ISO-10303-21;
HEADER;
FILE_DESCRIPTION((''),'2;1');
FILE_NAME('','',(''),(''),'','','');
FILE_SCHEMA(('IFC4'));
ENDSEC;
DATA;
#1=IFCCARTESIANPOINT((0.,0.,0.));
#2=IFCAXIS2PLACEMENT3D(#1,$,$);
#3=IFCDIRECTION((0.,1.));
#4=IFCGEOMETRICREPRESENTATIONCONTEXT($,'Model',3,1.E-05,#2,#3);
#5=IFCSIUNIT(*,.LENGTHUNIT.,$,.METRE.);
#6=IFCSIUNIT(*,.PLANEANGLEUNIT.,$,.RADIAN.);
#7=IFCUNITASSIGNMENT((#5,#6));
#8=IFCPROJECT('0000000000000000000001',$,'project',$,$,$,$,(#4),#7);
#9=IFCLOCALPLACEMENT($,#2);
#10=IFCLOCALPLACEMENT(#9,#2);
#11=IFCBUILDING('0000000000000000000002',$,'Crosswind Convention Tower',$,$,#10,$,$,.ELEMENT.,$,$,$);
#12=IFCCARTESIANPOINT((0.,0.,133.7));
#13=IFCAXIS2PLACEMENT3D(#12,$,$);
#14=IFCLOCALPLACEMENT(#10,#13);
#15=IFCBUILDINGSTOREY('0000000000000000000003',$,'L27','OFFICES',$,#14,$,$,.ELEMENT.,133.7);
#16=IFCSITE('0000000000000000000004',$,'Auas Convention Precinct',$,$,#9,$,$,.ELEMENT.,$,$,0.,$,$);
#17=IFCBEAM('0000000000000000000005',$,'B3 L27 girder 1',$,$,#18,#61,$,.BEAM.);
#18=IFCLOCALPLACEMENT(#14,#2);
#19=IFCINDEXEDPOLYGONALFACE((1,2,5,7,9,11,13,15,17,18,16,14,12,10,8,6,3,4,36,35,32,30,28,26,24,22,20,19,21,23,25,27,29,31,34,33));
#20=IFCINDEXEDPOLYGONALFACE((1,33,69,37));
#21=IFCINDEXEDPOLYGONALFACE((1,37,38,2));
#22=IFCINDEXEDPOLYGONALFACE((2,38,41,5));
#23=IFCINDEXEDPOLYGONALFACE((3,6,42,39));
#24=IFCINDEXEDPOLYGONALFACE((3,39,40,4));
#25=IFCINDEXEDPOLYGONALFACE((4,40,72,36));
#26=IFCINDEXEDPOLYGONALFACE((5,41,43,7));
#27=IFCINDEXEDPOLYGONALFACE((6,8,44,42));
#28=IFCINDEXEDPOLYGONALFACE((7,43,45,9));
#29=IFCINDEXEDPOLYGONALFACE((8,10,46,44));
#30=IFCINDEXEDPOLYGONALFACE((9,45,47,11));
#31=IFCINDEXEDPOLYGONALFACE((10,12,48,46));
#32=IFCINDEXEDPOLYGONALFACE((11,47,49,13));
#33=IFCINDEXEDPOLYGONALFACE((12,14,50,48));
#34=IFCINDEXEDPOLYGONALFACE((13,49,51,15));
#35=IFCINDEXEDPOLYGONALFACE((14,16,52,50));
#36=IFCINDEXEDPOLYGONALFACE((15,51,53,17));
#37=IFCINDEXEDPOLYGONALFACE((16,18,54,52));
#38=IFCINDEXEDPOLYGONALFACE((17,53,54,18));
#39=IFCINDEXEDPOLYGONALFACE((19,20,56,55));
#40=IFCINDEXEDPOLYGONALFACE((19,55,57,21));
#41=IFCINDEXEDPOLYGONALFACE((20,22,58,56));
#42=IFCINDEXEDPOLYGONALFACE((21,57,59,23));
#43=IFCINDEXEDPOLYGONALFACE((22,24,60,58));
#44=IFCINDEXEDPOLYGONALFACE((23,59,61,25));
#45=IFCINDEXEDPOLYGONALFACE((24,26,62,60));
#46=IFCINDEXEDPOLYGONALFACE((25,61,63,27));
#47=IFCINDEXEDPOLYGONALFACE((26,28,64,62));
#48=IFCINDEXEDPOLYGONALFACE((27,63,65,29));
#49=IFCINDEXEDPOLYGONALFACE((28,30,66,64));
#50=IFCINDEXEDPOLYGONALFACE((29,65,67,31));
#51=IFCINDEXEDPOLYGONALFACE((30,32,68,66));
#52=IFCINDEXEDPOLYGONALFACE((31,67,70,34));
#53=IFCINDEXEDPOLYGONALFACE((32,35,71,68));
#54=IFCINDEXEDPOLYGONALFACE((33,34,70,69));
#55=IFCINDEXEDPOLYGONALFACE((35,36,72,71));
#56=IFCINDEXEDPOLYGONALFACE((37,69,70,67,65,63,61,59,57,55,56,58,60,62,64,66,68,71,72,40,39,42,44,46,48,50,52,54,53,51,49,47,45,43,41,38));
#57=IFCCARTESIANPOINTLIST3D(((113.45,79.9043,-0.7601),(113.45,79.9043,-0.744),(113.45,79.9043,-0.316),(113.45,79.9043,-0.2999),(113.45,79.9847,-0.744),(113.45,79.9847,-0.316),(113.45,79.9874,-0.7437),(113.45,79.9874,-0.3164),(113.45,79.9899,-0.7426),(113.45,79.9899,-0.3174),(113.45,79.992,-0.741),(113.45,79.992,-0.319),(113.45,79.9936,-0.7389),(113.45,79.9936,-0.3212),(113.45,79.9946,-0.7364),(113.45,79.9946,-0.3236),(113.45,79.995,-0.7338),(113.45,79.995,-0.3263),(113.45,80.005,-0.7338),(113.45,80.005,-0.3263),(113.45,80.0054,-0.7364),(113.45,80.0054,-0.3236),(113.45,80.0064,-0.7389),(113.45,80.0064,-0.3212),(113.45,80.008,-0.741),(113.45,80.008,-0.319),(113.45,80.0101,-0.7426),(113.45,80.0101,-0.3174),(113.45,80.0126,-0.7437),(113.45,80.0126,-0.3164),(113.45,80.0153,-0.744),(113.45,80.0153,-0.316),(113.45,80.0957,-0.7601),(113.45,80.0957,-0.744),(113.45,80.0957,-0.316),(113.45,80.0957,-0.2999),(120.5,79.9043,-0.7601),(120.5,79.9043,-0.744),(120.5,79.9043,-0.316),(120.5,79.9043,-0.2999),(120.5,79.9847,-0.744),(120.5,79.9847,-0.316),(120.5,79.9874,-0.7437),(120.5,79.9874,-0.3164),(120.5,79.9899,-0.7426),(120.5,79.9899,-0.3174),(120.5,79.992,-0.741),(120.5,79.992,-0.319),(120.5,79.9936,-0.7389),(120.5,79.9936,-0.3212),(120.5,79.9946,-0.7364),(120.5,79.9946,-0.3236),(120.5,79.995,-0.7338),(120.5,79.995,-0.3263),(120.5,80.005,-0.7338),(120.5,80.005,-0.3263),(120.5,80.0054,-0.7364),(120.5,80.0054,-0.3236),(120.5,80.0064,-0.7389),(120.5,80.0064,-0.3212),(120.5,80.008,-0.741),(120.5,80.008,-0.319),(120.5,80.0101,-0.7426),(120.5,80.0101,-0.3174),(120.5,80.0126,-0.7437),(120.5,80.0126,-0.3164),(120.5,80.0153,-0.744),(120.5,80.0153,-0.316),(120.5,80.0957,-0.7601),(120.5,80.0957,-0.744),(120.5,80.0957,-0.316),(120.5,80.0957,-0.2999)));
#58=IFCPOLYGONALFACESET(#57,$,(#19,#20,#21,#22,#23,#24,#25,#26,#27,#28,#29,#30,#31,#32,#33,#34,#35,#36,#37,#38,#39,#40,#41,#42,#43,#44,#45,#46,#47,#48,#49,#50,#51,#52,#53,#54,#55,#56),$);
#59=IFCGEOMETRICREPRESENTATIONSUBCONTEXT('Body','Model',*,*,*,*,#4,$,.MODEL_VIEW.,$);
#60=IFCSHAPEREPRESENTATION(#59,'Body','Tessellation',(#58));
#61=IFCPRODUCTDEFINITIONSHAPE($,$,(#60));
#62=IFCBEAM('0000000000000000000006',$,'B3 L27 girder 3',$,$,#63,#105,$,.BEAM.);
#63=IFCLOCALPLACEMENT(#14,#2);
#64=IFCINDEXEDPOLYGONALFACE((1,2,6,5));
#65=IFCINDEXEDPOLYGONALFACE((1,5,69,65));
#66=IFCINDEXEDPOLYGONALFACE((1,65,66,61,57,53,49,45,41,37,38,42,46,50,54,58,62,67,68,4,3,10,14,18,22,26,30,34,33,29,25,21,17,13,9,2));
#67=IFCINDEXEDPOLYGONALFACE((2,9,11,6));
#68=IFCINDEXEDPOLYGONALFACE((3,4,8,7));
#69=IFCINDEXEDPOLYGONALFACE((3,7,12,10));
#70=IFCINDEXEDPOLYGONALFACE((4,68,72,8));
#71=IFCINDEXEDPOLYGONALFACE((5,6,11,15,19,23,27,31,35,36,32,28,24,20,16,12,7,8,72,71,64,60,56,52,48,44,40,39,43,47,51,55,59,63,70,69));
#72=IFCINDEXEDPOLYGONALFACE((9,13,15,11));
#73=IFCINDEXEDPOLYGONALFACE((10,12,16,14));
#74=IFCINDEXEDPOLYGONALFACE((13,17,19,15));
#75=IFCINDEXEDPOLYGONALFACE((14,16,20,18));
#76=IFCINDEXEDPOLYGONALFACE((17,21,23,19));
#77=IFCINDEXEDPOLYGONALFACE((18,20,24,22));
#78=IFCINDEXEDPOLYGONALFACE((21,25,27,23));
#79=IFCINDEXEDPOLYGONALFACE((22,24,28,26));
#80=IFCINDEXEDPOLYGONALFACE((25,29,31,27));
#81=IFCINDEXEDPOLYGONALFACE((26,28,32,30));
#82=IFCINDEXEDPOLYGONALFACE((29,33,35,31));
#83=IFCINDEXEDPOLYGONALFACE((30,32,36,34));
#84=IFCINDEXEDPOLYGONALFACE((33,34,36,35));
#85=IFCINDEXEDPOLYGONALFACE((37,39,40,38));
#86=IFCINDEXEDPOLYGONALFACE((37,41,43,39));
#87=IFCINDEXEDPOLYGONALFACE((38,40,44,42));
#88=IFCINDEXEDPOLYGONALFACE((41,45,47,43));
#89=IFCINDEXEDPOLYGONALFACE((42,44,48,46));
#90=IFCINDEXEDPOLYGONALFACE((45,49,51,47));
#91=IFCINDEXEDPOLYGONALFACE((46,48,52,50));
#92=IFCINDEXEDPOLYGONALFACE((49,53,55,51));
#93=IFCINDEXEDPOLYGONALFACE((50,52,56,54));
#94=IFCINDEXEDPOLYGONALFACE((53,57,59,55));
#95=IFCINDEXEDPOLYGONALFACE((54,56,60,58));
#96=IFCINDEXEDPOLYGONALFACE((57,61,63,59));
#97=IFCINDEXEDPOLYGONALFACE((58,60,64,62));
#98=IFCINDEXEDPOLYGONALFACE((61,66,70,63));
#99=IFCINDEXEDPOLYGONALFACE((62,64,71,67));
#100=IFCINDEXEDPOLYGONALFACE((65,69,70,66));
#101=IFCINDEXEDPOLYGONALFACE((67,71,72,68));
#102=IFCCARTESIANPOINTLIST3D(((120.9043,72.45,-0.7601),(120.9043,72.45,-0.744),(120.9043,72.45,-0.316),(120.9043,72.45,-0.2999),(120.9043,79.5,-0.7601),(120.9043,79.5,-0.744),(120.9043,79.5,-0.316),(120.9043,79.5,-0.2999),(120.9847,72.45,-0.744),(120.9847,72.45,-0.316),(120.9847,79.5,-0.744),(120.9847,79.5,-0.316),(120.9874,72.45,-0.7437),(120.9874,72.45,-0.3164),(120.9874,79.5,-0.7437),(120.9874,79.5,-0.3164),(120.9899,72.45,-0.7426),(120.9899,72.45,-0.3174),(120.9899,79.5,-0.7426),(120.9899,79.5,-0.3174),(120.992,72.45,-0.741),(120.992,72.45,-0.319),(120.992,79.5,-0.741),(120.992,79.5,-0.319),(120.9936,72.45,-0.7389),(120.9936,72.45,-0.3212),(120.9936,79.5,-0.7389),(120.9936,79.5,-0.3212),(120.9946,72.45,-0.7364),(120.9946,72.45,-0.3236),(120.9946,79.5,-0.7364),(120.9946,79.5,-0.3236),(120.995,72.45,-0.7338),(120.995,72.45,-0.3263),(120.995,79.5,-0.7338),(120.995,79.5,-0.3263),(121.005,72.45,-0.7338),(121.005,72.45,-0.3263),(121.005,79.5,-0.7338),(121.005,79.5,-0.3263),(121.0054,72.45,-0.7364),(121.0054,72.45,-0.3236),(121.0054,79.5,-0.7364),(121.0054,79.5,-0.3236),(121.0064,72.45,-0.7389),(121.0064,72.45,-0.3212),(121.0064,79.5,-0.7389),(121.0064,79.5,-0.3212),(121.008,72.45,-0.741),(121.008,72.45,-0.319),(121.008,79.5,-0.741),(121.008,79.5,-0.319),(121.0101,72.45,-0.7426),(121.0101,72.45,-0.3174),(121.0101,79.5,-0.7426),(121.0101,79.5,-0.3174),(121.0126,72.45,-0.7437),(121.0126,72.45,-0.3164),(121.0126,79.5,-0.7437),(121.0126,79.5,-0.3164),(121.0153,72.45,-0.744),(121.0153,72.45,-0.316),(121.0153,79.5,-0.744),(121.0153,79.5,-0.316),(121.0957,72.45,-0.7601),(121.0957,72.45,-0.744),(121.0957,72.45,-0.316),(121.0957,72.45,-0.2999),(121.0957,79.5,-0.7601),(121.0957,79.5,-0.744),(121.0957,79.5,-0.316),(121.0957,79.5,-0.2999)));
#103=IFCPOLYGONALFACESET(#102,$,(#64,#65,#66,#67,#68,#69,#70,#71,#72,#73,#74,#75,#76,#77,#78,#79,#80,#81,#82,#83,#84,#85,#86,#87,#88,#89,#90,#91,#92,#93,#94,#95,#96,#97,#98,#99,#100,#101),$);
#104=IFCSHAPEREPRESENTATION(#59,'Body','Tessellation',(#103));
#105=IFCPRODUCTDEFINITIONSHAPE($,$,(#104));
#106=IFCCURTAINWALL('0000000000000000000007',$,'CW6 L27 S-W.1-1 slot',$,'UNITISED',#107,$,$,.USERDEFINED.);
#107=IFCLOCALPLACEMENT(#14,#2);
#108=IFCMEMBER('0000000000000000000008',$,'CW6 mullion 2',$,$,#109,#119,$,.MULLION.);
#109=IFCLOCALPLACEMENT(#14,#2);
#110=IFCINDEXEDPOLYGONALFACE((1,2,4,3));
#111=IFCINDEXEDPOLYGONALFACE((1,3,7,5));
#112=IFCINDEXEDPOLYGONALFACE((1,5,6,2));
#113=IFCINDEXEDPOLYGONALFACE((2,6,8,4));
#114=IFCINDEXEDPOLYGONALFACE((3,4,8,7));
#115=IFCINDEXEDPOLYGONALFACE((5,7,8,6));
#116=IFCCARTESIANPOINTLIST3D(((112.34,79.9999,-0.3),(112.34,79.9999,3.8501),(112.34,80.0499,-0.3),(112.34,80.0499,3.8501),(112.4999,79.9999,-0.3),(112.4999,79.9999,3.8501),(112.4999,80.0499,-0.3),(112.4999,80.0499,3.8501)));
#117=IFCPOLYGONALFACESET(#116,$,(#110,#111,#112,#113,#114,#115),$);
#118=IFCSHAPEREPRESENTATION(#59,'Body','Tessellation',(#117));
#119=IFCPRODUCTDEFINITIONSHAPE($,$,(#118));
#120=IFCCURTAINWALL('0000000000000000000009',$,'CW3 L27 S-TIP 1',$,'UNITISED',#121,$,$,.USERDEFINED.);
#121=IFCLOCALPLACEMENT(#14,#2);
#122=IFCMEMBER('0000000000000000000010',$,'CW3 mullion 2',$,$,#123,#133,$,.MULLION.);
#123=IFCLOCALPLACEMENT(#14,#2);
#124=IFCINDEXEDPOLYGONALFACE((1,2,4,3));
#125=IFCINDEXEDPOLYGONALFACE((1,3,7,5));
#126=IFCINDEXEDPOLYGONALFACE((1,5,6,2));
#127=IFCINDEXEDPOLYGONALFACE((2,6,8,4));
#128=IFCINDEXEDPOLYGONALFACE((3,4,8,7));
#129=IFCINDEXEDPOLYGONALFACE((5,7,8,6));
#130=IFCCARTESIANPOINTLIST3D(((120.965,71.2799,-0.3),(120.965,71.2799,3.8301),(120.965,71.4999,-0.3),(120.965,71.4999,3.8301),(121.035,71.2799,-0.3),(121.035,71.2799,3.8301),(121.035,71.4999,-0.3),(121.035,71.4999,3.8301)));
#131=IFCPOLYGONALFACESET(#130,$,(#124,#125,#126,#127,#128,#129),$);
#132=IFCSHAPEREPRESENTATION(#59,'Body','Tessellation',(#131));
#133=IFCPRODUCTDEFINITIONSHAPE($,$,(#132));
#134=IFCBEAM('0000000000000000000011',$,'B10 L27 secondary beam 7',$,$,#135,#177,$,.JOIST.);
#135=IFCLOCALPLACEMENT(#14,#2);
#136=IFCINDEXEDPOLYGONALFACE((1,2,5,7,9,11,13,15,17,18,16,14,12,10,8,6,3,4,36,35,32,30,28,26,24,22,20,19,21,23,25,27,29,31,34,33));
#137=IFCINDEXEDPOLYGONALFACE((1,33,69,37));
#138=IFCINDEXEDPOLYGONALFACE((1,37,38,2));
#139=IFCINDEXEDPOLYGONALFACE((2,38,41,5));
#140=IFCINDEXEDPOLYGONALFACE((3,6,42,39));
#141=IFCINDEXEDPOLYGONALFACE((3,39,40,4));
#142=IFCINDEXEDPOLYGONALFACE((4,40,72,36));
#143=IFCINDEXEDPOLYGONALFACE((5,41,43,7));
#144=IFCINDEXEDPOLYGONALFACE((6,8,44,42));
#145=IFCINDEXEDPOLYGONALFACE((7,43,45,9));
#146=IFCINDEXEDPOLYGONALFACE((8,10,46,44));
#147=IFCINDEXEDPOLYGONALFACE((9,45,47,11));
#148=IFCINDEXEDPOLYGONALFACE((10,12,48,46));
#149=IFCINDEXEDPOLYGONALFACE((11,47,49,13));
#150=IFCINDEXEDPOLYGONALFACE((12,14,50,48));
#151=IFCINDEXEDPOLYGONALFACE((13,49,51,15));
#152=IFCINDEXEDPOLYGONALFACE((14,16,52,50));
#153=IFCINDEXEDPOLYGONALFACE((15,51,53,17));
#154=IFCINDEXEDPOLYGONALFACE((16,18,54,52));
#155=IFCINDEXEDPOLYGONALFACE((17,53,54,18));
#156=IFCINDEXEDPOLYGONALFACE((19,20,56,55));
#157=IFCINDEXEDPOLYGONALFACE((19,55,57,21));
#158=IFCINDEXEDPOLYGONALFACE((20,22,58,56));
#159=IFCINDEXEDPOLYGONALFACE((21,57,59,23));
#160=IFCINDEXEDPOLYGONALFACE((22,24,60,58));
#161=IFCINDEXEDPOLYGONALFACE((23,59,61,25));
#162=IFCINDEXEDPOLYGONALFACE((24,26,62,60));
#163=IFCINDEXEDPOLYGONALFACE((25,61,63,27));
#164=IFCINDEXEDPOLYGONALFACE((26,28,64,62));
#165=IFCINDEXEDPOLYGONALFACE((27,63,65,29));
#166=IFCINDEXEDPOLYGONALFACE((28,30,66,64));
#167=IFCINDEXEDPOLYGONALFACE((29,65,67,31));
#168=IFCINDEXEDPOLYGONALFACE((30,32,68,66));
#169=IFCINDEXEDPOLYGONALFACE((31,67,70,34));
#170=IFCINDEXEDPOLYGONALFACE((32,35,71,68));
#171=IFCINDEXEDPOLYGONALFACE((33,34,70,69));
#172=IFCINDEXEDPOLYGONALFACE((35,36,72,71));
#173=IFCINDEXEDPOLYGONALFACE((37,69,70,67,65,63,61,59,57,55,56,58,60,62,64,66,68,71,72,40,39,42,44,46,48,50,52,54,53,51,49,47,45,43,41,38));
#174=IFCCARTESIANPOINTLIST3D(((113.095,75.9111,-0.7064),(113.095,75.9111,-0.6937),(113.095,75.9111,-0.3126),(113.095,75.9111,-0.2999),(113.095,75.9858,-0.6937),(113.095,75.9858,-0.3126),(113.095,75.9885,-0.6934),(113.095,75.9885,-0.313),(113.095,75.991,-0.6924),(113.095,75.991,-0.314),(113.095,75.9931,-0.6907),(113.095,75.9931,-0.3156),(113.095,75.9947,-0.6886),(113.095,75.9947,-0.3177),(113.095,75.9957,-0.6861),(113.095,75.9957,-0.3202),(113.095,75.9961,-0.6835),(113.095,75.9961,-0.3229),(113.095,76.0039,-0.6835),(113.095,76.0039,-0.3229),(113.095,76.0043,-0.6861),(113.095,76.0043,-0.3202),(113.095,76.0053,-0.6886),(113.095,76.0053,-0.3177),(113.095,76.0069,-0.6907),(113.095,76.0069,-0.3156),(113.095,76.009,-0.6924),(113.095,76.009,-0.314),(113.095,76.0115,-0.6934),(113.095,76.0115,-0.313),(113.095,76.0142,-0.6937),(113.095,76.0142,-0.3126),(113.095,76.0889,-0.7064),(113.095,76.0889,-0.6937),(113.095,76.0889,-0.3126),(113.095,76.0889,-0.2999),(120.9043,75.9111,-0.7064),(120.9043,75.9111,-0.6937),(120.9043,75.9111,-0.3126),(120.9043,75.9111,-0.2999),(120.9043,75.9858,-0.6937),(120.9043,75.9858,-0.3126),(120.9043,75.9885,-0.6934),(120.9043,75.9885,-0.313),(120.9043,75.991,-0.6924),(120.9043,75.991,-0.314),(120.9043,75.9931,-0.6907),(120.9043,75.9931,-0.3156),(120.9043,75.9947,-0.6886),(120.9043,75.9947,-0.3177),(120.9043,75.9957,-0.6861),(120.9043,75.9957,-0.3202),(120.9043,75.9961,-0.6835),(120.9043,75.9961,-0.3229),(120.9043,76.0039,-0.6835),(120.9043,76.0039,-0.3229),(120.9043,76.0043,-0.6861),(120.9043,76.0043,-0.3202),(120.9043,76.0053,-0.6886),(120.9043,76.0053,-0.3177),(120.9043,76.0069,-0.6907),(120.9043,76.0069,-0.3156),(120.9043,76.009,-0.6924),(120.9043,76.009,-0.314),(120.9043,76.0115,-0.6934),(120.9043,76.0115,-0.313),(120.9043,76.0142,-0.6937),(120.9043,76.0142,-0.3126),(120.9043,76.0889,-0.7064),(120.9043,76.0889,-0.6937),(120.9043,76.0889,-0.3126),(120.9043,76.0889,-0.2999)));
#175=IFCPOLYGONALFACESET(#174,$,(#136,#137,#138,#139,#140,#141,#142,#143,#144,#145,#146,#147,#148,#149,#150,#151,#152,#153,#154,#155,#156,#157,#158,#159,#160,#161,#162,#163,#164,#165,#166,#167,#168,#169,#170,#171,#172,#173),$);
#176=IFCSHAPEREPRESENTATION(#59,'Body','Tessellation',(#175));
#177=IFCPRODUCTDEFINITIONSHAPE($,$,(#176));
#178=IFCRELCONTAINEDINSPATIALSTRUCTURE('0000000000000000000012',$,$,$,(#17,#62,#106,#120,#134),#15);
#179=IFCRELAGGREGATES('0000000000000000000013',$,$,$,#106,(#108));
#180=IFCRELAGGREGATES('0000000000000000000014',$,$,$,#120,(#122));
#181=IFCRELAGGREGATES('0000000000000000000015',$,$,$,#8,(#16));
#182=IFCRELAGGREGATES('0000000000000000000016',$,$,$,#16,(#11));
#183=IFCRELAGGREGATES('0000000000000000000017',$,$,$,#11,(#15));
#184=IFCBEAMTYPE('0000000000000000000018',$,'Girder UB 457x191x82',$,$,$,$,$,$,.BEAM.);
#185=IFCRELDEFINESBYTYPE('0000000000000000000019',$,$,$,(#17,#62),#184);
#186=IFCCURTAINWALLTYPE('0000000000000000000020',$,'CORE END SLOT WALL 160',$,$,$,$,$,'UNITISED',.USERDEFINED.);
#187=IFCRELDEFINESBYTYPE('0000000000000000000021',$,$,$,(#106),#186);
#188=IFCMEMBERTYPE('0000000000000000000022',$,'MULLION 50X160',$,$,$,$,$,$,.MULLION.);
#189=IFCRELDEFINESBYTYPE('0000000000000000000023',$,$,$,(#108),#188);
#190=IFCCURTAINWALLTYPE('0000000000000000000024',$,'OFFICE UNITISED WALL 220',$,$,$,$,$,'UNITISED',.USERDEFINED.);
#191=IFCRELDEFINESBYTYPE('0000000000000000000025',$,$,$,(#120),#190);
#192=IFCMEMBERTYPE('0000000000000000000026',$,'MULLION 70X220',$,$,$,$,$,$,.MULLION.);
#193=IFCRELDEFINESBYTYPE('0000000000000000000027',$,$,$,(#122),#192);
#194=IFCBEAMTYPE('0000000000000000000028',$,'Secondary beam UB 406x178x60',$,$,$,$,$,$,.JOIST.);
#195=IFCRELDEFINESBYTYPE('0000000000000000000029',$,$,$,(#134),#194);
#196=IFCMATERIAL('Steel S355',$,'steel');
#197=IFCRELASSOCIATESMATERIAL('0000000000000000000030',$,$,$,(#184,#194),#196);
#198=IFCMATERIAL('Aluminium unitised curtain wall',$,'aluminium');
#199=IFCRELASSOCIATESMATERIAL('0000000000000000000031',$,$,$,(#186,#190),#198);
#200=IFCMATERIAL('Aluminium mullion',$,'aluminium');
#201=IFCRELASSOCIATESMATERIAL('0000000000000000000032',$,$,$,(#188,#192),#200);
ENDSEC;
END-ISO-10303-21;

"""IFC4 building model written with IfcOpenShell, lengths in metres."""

from ifc_helpers import new_model, si_unit, direction, frame, origin, origin_2d, place, context, subcontext, project, spatial, rectangle, i_section, extrude, material, material_profile, profile_set, type_object, element, aggregate, save


model = new_model("IFC4")

# Units and contexts
model_context = context("Model", 3, precision=1e-05, world=origin(), true_north=direction((0.0, 1.0)))
body_context = subcontext(model_context, "Body", "Model", "MODEL_VIEW")
ifc_project = project(units=[si_unit("LENGTHUNIT", "METRE"), si_unit("PLANEANGLEUNIT", "RADIAN")], contexts=[model_context])

# Site, building, storey
site_placement = place(None, origin())
site = spatial("IfcSite", under=ifc_project, at=site_placement, Name="Auas Convention Precinct", CompositionType="ELEMENT", RefElevation=0.0)
building_placement = place(site_placement, origin())
building = spatial("IfcBuilding", under=site, at=building_placement, Name="Crosswind Convention Tower", CompositionType="ELEMENT")
storey_placement = place(building_placement, frame((0.0, 0.0, 133.7)))
storey = spatial("IfcBuildingStorey", under=building, at=storey_placement, Name="L27", Description="OFFICES", CompositionType="ELEMENT", Elevation=133.7)

# Beams
ifc_material_1 = material(Name="Steel S355", Category="steel")
ifc_material_profile_1 = material_profile(ifc_material_1, i_section(OverallWidth=0.1914, OverallDepth=0.4602, WebThickness=0.01, FlangeThickness=0.0161, FilletRadius=0.0103, at=origin_2d()), Name="UB 457x191x82")
ifc_profile_set_1 = profile_set([ifc_material_profile_1], Name="Steel S355")
beam_type_1 = type_object("IfcBeamType", Name="Girder UB 457x191x82", PredefinedType="BEAM", material=ifc_profile_set_1)
for number, where, z_axis, x_axis, name in (
    (1, (113.45, 80.0, -0.53), (1.0, 0.0, 0.0), (0.0, 1.0, 0.0), "B3 L27 girder 1"),
    (2, (121.0, 72.45, -0.53), (0.0, 1.0, 0.0), (-1.0, 0.0, 0.0), "B3 L27 girder 3"),
):
    element("IfcBeam", number, at=place(storey_placement, frame(where, z_axis=z_axis, x_axis=x_axis)), inside=storey, type_object=beam_type_1, Name=name, PredefinedType="BEAM", context=body_context, shape_type="SweptSolid", body=[
        extrude(i_section(OverallWidth=0.1914, OverallDepth=0.4602, WebThickness=0.01, FlangeThickness=0.0161, FilletRadius=0.0103, at=origin_2d()), origin(), (0.0, 0.0, 1.0), 7.05),
    ])

# Curtain walls, members
ifc_material_2 = material(Name="Aluminium unitised curtain wall", Category="aluminium")
curtain_wall_type_1 = type_object("IfcCurtainWallType", Name="CORE END SLOT WALL 160", ElementType="UNITISED", PredefinedType="USERDEFINED", material=ifc_material_2)
curtain_wall_1_placement = place(storey_placement, origin())
curtain_wall_1 = element("IfcCurtainWall", 3, at=curtain_wall_1_placement, inside=storey, type_object=curtain_wall_type_1, Name="CW6 L27 S-W.1-1 slot", ObjectType="UNITISED", PredefinedType="USERDEFINED")
ifc_material_3 = material(Name="Aluminium mullion", Category="aluminium")
ifc_material_profile_2 = material_profile(ifc_material_3, rectangle(XDim=0.1599, YDim=0.05, at=origin_2d()), Name="AL 160X50")
ifc_profile_set_2 = profile_set([ifc_material_profile_2], Name="Aluminium mullion")
member_type_1 = type_object("IfcMemberType", Name="MULLION 50X160", PredefinedType="MULLION", material=ifc_profile_set_2)
member_1_placement = place(storey_placement, frame((112.4199, 80.0249, -0.3), z_axis=(0.0, 0.0, 1.0), x_axis=(-1.0, 0.0, 0.0)))
member_1 = element("IfcMember", 4, at=member_1_placement, type_object=member_type_1, Name="CW6 mullion 2", PredefinedType="MULLION", context=body_context, shape_type="SweptSolid", body=[
    extrude(rectangle(XDim=0.1599, YDim=0.05, at=origin_2d()), origin(), (0.0, 0.0, 1.0), 4.1501),
])
aggregate(curtain_wall_1, [member_1])
curtain_wall_type_2 = type_object("IfcCurtainWallType", Name="OFFICE UNITISED WALL 220", ElementType="UNITISED", PredefinedType="USERDEFINED", material=ifc_material_2)
curtain_wall_2_placement = place(storey_placement, origin())
curtain_wall_2 = element("IfcCurtainWall", 5, at=curtain_wall_2_placement, inside=storey, type_object=curtain_wall_type_2, Name="CW3 L27 S-TIP 1", ObjectType="UNITISED", PredefinedType="USERDEFINED")
ifc_material_profile_3 = material_profile(ifc_material_3, rectangle(XDim=0.22, YDim=0.0701, at=origin_2d()), Name="AL 220X70")
ifc_profile_set_3 = profile_set([ifc_material_profile_3], Name="Aluminium mullion")
member_type_2 = type_object("IfcMemberType", Name="MULLION 70X220", PredefinedType="MULLION", material=ifc_profile_set_3)
member_2_placement = place(storey_placement, frame((121.0, 71.3899, -0.3), z_axis=(0.0, 0.0, 1.0), x_axis=(0.0, -1.0, 0.0)))
member_2 = element("IfcMember", 6, at=member_2_placement, type_object=member_type_2, Name="CW3 mullion 2", PredefinedType="MULLION", context=body_context, shape_type="SweptSolid", body=[
    extrude(rectangle(XDim=0.22, YDim=0.0701, at=origin_2d()), origin(), (0.0, 0.0, 1.0), 4.1301),
])

# Beam
ifc_material_profile_4 = material_profile(ifc_material_1, i_section(OverallWidth=0.1777, OverallDepth=0.4065, WebThickness=0.0078, FlangeThickness=0.0127, FilletRadius=0.0103, at=origin_2d()), Name="UB 406x178x60")
ifc_profile_set_4 = profile_set([ifc_material_profile_4], Name="Steel S355")
beam_type_2 = type_object("IfcBeamType", Name="Secondary beam UB 406x178x60", PredefinedType="JOIST", material=ifc_profile_set_4)
beam_1_placement = place(storey_placement, frame((113.095, 76.0, -0.5032), z_axis=(1.0, 0.0, 0.0), x_axis=(0.0, 1.0, 0.0)))
element("IfcBeam", 7, at=beam_1_placement, inside=storey, type_object=beam_type_2, Name="B10 L27 secondary beam 7", PredefinedType="JOIST", context=body_context, shape_type="SweptSolid", body=[
    extrude(i_section(OverallWidth=0.1777, OverallDepth=0.4065, WebThickness=0.0078, FlangeThickness=0.0127, FilletRadius=0.0103, at=origin_2d()), origin(), (0.0, 0.0, 1.0), 7.8093),
])

aggregate(curtain_wall_2, [member_2])

save(model, "model.ifc")
